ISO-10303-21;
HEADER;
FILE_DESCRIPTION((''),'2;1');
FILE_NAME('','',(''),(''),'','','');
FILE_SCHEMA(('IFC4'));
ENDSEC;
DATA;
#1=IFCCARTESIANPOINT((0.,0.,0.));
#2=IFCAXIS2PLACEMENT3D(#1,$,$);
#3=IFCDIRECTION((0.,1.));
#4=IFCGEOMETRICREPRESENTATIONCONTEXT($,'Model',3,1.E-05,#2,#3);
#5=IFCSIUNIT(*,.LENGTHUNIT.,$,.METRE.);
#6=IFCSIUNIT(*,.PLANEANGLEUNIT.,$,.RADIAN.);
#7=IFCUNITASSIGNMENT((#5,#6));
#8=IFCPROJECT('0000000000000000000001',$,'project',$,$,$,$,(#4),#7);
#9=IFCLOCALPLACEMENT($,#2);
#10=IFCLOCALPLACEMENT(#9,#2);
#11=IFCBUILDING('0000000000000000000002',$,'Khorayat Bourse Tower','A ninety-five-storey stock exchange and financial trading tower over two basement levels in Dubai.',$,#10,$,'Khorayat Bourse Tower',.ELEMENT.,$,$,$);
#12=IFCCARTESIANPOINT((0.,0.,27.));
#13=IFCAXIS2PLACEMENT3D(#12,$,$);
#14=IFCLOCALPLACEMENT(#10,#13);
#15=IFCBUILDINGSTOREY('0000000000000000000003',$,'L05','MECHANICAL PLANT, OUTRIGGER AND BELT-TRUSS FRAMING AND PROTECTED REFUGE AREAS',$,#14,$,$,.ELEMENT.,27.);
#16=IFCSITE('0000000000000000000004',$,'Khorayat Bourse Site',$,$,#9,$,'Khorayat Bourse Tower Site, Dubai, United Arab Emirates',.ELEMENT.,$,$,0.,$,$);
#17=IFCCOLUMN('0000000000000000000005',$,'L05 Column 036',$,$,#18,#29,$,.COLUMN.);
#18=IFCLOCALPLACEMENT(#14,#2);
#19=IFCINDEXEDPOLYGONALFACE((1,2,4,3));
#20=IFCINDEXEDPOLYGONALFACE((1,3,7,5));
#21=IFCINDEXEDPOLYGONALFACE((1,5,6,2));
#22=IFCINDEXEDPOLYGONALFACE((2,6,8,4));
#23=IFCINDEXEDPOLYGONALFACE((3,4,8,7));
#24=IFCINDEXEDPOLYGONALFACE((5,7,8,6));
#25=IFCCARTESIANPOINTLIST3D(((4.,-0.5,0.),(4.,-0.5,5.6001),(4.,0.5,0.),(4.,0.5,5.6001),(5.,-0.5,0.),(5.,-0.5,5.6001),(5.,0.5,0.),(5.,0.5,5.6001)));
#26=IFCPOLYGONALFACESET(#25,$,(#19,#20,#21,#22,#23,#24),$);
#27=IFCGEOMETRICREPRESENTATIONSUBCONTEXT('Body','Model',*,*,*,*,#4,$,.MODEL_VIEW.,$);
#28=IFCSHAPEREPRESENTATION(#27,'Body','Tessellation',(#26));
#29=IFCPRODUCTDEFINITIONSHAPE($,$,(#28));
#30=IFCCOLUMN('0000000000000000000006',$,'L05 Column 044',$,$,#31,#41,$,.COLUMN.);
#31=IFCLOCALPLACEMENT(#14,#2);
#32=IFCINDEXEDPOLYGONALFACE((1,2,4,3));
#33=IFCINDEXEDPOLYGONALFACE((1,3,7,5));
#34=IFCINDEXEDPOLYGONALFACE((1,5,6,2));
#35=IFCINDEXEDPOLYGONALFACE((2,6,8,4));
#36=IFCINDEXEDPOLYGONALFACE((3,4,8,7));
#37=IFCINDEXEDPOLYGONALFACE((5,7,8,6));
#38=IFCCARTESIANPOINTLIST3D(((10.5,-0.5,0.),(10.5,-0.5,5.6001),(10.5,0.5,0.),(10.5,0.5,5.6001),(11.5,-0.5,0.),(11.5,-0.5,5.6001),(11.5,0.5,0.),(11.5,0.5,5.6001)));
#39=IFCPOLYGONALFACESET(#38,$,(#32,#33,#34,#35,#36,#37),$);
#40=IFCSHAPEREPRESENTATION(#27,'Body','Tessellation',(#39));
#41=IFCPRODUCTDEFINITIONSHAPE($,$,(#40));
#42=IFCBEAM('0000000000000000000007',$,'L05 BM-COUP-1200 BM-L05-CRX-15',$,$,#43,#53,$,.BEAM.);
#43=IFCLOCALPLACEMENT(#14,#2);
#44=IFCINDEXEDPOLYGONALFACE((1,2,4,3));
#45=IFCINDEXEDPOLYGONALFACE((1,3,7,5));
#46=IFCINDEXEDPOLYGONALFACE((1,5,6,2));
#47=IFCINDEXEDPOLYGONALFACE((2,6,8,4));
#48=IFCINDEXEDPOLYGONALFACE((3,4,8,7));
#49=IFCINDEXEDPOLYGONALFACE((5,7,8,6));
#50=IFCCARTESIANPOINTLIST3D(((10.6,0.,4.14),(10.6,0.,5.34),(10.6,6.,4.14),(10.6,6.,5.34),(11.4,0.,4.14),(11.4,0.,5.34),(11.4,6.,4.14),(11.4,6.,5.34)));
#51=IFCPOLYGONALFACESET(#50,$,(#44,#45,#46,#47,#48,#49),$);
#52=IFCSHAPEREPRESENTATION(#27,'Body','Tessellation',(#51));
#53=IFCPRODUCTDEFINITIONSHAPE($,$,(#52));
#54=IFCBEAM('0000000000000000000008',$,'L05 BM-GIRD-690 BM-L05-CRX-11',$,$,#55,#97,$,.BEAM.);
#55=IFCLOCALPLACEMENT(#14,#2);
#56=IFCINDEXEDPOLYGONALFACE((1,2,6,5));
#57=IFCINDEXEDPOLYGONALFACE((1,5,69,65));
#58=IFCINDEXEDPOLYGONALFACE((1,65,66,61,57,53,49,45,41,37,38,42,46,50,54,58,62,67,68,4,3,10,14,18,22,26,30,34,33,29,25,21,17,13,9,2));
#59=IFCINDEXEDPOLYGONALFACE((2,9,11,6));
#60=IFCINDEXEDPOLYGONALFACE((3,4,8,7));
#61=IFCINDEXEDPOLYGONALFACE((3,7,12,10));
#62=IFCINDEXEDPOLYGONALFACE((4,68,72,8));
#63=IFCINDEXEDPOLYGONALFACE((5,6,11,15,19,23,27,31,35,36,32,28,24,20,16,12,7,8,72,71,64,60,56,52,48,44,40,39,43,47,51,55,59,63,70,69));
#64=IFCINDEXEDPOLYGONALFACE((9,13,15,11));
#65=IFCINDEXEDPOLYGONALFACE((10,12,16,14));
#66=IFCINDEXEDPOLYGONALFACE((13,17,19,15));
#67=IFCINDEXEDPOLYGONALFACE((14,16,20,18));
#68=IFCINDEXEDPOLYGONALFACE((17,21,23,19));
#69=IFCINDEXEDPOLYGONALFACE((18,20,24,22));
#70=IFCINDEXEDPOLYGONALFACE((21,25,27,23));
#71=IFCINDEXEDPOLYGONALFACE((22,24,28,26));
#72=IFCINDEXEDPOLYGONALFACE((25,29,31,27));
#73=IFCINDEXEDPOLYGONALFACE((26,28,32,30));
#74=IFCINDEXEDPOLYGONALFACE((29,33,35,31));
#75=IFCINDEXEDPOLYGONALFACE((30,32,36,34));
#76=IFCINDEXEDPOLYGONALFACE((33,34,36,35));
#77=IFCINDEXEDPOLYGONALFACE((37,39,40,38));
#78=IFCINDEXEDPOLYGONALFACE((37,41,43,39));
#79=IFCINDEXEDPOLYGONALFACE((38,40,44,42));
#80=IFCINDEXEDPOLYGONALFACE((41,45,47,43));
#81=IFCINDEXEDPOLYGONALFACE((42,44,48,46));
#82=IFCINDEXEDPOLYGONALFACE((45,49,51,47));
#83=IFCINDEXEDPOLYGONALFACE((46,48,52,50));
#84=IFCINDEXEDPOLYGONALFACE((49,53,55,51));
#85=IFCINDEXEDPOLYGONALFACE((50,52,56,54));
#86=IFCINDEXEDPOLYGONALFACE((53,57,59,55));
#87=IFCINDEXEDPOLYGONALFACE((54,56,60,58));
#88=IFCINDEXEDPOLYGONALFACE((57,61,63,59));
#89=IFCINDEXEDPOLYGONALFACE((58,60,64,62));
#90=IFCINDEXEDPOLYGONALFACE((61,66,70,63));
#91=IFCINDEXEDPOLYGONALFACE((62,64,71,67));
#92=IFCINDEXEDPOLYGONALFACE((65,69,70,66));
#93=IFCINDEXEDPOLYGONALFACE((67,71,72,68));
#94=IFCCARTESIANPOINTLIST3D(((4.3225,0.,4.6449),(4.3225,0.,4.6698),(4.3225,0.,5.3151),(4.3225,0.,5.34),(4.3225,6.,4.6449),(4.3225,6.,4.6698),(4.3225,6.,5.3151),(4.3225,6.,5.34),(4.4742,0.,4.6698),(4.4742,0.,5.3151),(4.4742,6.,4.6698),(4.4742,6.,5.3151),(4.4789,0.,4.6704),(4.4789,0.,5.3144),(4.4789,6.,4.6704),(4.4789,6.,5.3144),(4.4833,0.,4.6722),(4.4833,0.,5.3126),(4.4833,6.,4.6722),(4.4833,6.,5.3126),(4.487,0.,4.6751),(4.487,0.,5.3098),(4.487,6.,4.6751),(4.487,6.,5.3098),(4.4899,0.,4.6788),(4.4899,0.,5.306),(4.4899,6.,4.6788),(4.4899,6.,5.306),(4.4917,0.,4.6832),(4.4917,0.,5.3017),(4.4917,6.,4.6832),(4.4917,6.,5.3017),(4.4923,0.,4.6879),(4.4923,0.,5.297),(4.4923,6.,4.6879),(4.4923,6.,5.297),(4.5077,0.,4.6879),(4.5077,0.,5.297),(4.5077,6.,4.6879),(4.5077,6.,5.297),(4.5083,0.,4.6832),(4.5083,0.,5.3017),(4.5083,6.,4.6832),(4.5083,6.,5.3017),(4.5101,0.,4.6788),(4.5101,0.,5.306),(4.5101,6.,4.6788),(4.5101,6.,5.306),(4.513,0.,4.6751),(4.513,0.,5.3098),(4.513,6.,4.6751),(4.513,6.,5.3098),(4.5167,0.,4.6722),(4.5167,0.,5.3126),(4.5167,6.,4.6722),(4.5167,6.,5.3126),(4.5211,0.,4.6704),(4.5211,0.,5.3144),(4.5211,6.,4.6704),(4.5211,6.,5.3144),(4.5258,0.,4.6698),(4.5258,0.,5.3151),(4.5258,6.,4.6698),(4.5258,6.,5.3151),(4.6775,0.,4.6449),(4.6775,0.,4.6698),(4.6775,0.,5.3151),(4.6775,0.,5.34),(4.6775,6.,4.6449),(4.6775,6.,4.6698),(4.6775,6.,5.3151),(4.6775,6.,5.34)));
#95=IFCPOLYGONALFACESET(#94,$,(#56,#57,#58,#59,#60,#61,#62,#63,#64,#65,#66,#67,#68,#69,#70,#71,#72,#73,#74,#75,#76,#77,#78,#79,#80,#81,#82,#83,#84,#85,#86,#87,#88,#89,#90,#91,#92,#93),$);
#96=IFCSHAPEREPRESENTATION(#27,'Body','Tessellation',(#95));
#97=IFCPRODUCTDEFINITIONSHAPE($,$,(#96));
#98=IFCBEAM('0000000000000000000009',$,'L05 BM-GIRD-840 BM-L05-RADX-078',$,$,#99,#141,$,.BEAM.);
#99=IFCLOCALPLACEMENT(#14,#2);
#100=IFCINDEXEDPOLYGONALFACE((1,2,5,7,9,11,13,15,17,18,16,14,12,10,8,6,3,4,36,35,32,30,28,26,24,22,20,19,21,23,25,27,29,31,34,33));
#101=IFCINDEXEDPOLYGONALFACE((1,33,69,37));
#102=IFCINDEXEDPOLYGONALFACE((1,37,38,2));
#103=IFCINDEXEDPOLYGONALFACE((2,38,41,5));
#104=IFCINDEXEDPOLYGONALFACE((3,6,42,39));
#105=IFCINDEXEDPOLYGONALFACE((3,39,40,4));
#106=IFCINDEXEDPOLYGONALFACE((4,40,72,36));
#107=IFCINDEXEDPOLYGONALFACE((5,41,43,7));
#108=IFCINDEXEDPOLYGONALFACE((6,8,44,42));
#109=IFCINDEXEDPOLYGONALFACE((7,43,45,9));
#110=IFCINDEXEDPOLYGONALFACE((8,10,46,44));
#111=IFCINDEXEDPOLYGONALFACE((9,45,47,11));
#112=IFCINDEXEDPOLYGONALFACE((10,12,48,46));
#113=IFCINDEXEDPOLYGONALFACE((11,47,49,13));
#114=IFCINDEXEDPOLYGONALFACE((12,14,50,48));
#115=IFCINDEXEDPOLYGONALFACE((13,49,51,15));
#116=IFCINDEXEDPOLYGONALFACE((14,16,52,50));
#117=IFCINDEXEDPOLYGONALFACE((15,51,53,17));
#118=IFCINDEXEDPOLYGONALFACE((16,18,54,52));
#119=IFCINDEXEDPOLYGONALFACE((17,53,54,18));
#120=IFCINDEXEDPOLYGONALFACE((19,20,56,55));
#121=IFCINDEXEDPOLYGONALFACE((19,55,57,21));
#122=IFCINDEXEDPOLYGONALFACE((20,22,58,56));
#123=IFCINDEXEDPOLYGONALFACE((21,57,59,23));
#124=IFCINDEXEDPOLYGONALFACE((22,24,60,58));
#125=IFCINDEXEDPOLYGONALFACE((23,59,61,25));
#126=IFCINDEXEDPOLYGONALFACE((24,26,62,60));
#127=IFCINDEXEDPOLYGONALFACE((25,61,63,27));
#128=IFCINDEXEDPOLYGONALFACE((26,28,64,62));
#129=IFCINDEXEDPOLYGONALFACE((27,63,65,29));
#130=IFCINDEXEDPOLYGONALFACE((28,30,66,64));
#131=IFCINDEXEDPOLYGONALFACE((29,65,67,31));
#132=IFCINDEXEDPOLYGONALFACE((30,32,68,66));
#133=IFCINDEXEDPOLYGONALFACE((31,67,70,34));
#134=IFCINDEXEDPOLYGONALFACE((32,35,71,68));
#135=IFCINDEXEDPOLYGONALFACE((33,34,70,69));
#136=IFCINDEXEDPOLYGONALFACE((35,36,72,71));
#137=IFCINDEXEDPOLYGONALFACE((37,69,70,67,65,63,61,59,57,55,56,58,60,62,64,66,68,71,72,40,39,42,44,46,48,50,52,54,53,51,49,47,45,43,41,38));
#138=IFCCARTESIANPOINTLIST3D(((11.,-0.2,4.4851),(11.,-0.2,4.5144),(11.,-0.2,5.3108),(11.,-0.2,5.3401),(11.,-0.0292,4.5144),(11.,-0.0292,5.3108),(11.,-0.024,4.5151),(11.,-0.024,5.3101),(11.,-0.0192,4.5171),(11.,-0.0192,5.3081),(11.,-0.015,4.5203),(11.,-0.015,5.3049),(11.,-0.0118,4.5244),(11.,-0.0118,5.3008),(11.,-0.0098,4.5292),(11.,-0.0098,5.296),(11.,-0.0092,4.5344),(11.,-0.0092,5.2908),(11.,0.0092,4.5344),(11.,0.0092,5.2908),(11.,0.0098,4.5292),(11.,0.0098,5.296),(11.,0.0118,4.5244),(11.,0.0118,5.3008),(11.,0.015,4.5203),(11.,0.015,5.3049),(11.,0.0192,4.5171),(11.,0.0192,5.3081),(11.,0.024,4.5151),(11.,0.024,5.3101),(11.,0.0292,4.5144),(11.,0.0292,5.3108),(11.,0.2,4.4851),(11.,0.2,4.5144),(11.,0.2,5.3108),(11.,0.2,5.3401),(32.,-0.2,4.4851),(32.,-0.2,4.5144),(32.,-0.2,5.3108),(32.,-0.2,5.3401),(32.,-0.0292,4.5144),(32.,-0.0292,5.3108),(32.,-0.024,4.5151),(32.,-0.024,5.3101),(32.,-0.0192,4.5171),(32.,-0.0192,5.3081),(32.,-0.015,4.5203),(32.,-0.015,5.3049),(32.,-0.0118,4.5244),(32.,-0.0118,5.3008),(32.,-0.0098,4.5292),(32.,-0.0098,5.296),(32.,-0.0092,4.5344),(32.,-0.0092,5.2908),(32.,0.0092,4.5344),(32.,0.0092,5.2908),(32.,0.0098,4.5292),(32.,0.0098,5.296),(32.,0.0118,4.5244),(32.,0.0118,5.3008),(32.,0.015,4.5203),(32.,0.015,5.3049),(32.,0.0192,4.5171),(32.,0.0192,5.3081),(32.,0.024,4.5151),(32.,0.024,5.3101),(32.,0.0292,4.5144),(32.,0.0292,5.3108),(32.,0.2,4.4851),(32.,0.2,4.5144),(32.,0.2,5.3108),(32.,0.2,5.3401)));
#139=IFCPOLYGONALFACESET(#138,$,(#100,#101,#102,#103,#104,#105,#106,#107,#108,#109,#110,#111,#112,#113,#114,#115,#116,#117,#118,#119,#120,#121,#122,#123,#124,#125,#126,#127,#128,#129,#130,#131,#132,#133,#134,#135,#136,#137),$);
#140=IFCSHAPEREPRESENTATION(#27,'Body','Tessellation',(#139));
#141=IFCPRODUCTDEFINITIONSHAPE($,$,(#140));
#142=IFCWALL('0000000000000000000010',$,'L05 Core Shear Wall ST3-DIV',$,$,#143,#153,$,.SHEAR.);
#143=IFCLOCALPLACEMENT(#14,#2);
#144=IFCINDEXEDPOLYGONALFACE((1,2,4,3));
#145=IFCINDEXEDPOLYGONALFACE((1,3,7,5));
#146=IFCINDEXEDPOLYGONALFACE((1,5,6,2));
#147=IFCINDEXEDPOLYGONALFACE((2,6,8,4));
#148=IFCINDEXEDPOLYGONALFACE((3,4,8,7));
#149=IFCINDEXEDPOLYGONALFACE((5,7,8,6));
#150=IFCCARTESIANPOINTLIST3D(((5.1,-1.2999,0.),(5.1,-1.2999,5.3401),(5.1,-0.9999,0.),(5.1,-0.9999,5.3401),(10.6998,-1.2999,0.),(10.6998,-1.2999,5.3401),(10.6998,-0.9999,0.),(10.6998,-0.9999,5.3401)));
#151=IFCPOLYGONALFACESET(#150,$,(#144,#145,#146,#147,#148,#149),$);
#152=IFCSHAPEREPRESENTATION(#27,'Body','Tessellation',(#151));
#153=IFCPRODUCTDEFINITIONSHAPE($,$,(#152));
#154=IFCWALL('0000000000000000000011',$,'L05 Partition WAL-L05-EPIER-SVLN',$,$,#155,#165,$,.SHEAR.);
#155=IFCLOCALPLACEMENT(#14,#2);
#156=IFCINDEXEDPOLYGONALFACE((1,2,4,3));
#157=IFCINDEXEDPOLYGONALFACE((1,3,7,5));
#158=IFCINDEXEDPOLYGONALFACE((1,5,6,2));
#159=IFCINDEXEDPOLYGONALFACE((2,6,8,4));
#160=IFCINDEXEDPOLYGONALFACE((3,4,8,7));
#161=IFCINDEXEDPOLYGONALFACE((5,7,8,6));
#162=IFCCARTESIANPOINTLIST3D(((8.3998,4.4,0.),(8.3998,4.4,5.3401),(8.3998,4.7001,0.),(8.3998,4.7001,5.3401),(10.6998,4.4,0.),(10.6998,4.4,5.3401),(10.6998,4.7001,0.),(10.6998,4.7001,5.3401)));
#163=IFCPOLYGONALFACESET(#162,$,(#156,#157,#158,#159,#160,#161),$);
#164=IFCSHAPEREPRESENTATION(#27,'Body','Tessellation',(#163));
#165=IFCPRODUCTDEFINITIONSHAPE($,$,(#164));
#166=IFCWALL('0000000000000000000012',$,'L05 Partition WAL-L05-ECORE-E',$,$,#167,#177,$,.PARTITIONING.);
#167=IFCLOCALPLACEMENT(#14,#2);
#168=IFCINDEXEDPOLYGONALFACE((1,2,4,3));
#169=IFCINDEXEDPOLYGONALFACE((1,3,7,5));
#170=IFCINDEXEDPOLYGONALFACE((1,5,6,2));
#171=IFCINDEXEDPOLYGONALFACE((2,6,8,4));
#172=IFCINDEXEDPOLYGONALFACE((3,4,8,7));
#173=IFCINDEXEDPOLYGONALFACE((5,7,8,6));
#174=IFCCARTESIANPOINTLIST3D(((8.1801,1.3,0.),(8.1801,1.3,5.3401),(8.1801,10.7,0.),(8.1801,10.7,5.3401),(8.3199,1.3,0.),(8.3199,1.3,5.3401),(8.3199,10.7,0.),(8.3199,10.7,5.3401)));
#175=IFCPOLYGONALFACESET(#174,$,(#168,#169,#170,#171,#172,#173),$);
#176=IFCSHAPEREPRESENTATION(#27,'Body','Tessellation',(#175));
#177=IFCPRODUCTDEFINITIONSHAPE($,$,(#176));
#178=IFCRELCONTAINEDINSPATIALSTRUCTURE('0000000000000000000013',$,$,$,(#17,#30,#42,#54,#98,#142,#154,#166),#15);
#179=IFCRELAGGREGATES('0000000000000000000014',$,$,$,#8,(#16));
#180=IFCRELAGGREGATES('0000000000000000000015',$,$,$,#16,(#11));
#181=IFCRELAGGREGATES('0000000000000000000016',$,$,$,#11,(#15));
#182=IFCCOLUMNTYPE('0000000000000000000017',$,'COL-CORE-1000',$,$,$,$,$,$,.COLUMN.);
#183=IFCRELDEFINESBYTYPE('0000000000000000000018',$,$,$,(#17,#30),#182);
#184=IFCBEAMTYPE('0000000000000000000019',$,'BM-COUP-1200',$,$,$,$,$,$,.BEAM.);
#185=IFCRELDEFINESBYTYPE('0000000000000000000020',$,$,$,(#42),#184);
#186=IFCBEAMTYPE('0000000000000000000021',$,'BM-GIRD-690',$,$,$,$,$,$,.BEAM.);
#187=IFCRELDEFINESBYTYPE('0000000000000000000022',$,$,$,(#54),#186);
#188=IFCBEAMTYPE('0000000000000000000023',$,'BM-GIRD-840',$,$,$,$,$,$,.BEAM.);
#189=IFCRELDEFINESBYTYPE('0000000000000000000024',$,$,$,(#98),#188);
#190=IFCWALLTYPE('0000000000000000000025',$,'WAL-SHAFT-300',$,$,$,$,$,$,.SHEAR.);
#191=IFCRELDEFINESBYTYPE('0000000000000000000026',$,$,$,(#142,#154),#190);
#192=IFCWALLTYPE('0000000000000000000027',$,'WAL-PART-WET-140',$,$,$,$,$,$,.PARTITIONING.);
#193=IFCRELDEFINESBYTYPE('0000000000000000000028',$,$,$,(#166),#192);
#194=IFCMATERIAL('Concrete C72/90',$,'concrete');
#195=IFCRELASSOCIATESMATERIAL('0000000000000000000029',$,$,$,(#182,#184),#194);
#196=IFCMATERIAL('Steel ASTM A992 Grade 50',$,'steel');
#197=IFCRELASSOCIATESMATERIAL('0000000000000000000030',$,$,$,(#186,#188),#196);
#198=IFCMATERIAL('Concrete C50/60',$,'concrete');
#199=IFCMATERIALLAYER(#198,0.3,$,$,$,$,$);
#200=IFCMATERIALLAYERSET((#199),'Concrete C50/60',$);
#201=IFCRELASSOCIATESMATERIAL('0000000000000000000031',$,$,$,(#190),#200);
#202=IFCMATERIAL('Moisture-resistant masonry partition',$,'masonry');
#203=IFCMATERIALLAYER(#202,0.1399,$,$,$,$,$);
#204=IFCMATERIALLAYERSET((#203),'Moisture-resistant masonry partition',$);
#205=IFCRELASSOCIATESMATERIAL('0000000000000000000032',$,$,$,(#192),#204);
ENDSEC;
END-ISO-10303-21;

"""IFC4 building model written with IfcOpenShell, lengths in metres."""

from ifc_helpers import new_model, si_unit, direction, frame, frame_2d, origin, origin_2d, place, context, subcontext, project, spatial, rectangle, i_section, extrude, source, transform, mapped, material, layer, layer_set, material_profile, profile_set, type_object, element, save


model = new_model("IFC4")

# Units and contexts
model_context = context("Model", 3, precision=1e-05, world=origin(), true_north=direction((0.0, 1.0)))
body_context = subcontext(model_context, "Body", "Model", "MODEL_VIEW")
ifc_project = project(units=[si_unit("LENGTHUNIT", "METRE"), si_unit("PLANEANGLEUNIT", "RADIAN")], contexts=[model_context])

# Site, building, storey
site_placement = place(None, origin())
site = spatial("IfcSite", under=ifc_project, at=site_placement, Name="Khorayat Bourse Site", LongName="Khorayat Bourse Tower Site, Dubai, United Arab Emirates", CompositionType="ELEMENT", RefElevation=0.0)
building_placement = place(site_placement, origin())
building = spatial("IfcBuilding", under=site, at=building_placement, Name="Khorayat Bourse Tower", Description="A ninety-five-storey stock exchange and financial trading tower over two basement levels in Dubai.", LongName="Khorayat Bourse Tower", CompositionType="ELEMENT")
storey_placement = place(building_placement, frame((0.0, 0.0, 27.0)))
storey = spatial("IfcBuildingStorey", under=building, at=storey_placement, Name="L05", Description="MECHANICAL PLANT, OUTRIGGER AND BELT-TRUSS FRAMING AND PROTECTED REFUGE AREAS", CompositionType="ELEMENT", Elevation=27.0)

# Columns
ifc_material_1 = material(Name="Concrete C72/90", Category="concrete")
ifc_material_profile_1 = material_profile(ifc_material_1, rectangle(XDim=1.0, YDim=1.0, at=origin_2d()), Name="RC 1000x1000")
ifc_profile_set_1 = profile_set([ifc_material_profile_1], Name="Concrete C72/90")
column_type = type_object("IfcColumnType", Name="COL-CORE-1000", PredefinedType="COLUMN", material=ifc_profile_set_1)
shared_shape_1 = source(origin(), body_context, "Body", "SweptSolid", [
    extrude(rectangle(XDim=1.0, YDim=1.0, at=origin_2d()), origin(), (0.0, 0.0, 1.0), 5.6001),
])
for number, where, z_axis, x_axis, name in (
    (1, (4.5, 0.0, 0.0), (0.0, 0.0, 1.0), (1.0, 0.0, 0.0), "L05 Column 036"),
    (2, (11.0, 0.0, 0.0), (0.0, 0.0, 1.0), (1.0, 0.0, 0.0), "L05 Column 044"),
):
    element("IfcColumn", number, at=place(storey_placement, frame(where, z_axis=z_axis, x_axis=x_axis)), inside=storey, type_object=column_type, Name=name, PredefinedType="COLUMN", context=body_context, shape_type="MappedRepresentation", body=[
        mapped(shared_shape_1, transform((0.0, 0.0, 0.0), scale=1.0)),
    ])

# Beams
ifc_material_profile_2 = material_profile(ifc_material_1, rectangle(XDim=0.8, YDim=1.2, at=origin_2d()), Name="RC 800x1200")
ifc_profile_set_2 = profile_set([ifc_material_profile_2], Name="Concrete C72/90")
beam_type_1 = type_object("IfcBeamType", Name="BM-COUP-1200", PredefinedType="BEAM", material=ifc_profile_set_2)
shared_shape_2 = source(origin(), body_context, "Body", "SweptSolid", [
    extrude(rectangle(XDim=0.8, YDim=1.2, at=origin_2d()), origin(), (0.0, 0.0, 1.0), 6.0),
])
beam_1_placement = place(storey_placement, frame((11.0, 0.0, 4.74), z_axis=(0.0, 1.0, 0.0), x_axis=(-1.0, 0.0, 0.0)))
element("IfcBeam", 3, at=beam_1_placement, inside=storey, type_object=beam_type_1, Name="L05 BM-COUP-1200 BM-L05-CRX-15", PredefinedType="BEAM", context=body_context, shape_type="MappedRepresentation", body=[
    mapped(shared_shape_2, transform((0.0, 0.0, 0.0), scale=1.0)),
])
ifc_material_2 = material(Name="Steel ASTM A992 Grade 50", Category="steel")
ifc_material_profile_3 = material_profile(ifc_material_2, i_section(OverallWidth=0.355, OverallDepth=0.6951, WebThickness=0.0154, FlangeThickness=0.0249, FilletRadius=0.0181, at=origin_2d()), Name="W690X217")
ifc_profile_set_3 = profile_set([ifc_material_profile_3], Name="Steel ASTM A992 Grade 50")
beam_type_2 = type_object("IfcBeamType", Name="BM-GIRD-690", PredefinedType="BEAM", material=ifc_profile_set_3)
shared_shape_3 = source(origin(), body_context, "Body", "SweptSolid", [
    extrude(i_section(OverallWidth=0.355, OverallDepth=0.6951, WebThickness=0.0154, FlangeThickness=0.0249, FilletRadius=0.0181, at=origin_2d()), origin(), (0.0, 0.0, 1.0), 6.0),
])
beam_2_placement = place(storey_placement, frame((4.5, 0.0, 4.9924), z_axis=(0.0, 1.0, 0.0), x_axis=(-1.0, 0.0, 0.0)))
element("IfcBeam", 4, at=beam_2_placement, inside=storey, type_object=beam_type_2, Name="L05 BM-GIRD-690 BM-L05-CRX-11", PredefinedType="BEAM", context=body_context, shape_type="MappedRepresentation", body=[
    mapped(shared_shape_3, transform((0.0, 0.0, 0.0), scale=1.0)),
])
ifc_material_profile_4 = material_profile(ifc_material_2, i_section(OverallWidth=0.3999, OverallDepth=0.855, WebThickness=0.0183, FlangeThickness=0.0293, FilletRadius=0.02, at=origin_2d()), Name="W840X299")
ifc_profile_set_4 = profile_set([ifc_material_profile_4], Name="Steel ASTM A992 Grade 50")
beam_type_3 = type_object("IfcBeamType", Name="BM-GIRD-840", PredefinedType="BEAM", material=ifc_profile_set_4)
shared_shape_4 = source(origin(), body_context, "Body", "SweptSolid", [
    extrude(i_section(OverallWidth=0.3999, OverallDepth=0.855, WebThickness=0.0183, FlangeThickness=0.0293, FilletRadius=0.02, at=origin_2d()), origin(), (0.0, 0.0, 1.0), 21.0),
])
beam_3_placement = place(storey_placement, frame((11.0, 0.0, 4.9126), z_axis=(1.0, 0.0, 0.0), x_axis=(0.0, 1.0, 0.0)))
element("IfcBeam", 5, at=beam_3_placement, inside=storey, type_object=beam_type_3, Name="L05 BM-GIRD-840 BM-L05-RADX-078", PredefinedType="BEAM", context=body_context, shape_type="MappedRepresentation", body=[
    mapped(shared_shape_4, transform((0.0, 0.0, 0.0), scale=1.0)),
])

# Walls
ifc_material_3 = material(Name="Concrete C50/60", Category="concrete")
ifc_layer_1 = layer(ifc_material_3, 0.3)
ifc_layer_set_1 = layer_set([ifc_layer_1], Name="Concrete C50/60")
wall_type_1 = type_object("IfcWallType", Name="WAL-SHAFT-300", PredefinedType="SHEAR", material=ifc_layer_set_1)
shared_shape_5 = source(origin(), body_context, "Body", "SweptSolid", [
    extrude(rectangle(XDim=5.5999, YDim=0.3, at=frame_2d((2.7998, 0.0))), origin(), (0.0, 0.0, 1.0), 5.3401),
])
wall_1_placement = place(storey_placement, frame((5.1001, -1.1499, 0.0), z_axis=(0.0, 0.0, 1.0), x_axis=(1.0, 0.0, 0.0)))
element("IfcWall", 6, at=wall_1_placement, inside=storey, type_object=wall_type_1, Name="L05 Core Shear Wall ST3-DIV", PredefinedType="SHEAR", context=body_context, shape_type="MappedRepresentation", body=[
    mapped(shared_shape_5, transform((0.0, 0.0, 0.0), scale=1.0)),
])
shared_shape_6 = source(origin(), body_context, "Body", "SweptSolid", [
    extrude(rectangle(XDim=2.3, YDim=0.3, at=frame_2d((1.1499, 0.0))), origin(), (0.0, 0.0, 1.0), 5.3401),
])
wall_2_placement = place(storey_placement, frame((8.3999, 4.55, 0.0), z_axis=(0.0, 0.0, 1.0), x_axis=(1.0, 0.0, 0.0)))
element("IfcWall", 7, at=wall_2_placement, inside=storey, type_object=wall_type_1, Name="L05 Partition WAL-L05-EPIER-SVLN", PredefinedType="SHEAR", context=body_context, shape_type="MappedRepresentation", body=[
    mapped(shared_shape_6, transform((0.0, 0.0, 0.0), scale=1.0)),
])
ifc_material_4 = material(Name="Moisture-resistant masonry partition", Category="masonry")
ifc_layer_2 = layer(ifc_material_4, 0.1399)
ifc_layer_set_2 = layer_set([ifc_layer_2], Name="Moisture-resistant masonry partition")
wall_type_2 = type_object("IfcWallType", Name="WAL-PART-WET-140", PredefinedType="PARTITIONING", material=ifc_layer_set_2)
shared_shape_7 = source(origin(), body_context, "Body", "SweptSolid", [
    extrude(rectangle(XDim=9.3999, YDim=0.1399, at=frame_2d((4.7, 0.0))), origin(), (0.0, 0.0, 1.0), 5.3401),
])
wall_3_placement = place(storey_placement, frame((8.25, 1.3, 0.0), z_axis=(0.0, 0.0, 1.0), x_axis=(0.0, 1.0, 0.0)))
element("IfcWall", 8, at=wall_3_placement, inside=storey, type_object=wall_type_2, Name="L05 Partition WAL-L05-ECORE-E", PredefinedType="PARTITIONING", context=body_context, shape_type="MappedRepresentation", body=[
    mapped(shared_shape_7, transform((0.0, 0.0, 0.0), scale=1.0)),
])

save(model, "model.ifc")
